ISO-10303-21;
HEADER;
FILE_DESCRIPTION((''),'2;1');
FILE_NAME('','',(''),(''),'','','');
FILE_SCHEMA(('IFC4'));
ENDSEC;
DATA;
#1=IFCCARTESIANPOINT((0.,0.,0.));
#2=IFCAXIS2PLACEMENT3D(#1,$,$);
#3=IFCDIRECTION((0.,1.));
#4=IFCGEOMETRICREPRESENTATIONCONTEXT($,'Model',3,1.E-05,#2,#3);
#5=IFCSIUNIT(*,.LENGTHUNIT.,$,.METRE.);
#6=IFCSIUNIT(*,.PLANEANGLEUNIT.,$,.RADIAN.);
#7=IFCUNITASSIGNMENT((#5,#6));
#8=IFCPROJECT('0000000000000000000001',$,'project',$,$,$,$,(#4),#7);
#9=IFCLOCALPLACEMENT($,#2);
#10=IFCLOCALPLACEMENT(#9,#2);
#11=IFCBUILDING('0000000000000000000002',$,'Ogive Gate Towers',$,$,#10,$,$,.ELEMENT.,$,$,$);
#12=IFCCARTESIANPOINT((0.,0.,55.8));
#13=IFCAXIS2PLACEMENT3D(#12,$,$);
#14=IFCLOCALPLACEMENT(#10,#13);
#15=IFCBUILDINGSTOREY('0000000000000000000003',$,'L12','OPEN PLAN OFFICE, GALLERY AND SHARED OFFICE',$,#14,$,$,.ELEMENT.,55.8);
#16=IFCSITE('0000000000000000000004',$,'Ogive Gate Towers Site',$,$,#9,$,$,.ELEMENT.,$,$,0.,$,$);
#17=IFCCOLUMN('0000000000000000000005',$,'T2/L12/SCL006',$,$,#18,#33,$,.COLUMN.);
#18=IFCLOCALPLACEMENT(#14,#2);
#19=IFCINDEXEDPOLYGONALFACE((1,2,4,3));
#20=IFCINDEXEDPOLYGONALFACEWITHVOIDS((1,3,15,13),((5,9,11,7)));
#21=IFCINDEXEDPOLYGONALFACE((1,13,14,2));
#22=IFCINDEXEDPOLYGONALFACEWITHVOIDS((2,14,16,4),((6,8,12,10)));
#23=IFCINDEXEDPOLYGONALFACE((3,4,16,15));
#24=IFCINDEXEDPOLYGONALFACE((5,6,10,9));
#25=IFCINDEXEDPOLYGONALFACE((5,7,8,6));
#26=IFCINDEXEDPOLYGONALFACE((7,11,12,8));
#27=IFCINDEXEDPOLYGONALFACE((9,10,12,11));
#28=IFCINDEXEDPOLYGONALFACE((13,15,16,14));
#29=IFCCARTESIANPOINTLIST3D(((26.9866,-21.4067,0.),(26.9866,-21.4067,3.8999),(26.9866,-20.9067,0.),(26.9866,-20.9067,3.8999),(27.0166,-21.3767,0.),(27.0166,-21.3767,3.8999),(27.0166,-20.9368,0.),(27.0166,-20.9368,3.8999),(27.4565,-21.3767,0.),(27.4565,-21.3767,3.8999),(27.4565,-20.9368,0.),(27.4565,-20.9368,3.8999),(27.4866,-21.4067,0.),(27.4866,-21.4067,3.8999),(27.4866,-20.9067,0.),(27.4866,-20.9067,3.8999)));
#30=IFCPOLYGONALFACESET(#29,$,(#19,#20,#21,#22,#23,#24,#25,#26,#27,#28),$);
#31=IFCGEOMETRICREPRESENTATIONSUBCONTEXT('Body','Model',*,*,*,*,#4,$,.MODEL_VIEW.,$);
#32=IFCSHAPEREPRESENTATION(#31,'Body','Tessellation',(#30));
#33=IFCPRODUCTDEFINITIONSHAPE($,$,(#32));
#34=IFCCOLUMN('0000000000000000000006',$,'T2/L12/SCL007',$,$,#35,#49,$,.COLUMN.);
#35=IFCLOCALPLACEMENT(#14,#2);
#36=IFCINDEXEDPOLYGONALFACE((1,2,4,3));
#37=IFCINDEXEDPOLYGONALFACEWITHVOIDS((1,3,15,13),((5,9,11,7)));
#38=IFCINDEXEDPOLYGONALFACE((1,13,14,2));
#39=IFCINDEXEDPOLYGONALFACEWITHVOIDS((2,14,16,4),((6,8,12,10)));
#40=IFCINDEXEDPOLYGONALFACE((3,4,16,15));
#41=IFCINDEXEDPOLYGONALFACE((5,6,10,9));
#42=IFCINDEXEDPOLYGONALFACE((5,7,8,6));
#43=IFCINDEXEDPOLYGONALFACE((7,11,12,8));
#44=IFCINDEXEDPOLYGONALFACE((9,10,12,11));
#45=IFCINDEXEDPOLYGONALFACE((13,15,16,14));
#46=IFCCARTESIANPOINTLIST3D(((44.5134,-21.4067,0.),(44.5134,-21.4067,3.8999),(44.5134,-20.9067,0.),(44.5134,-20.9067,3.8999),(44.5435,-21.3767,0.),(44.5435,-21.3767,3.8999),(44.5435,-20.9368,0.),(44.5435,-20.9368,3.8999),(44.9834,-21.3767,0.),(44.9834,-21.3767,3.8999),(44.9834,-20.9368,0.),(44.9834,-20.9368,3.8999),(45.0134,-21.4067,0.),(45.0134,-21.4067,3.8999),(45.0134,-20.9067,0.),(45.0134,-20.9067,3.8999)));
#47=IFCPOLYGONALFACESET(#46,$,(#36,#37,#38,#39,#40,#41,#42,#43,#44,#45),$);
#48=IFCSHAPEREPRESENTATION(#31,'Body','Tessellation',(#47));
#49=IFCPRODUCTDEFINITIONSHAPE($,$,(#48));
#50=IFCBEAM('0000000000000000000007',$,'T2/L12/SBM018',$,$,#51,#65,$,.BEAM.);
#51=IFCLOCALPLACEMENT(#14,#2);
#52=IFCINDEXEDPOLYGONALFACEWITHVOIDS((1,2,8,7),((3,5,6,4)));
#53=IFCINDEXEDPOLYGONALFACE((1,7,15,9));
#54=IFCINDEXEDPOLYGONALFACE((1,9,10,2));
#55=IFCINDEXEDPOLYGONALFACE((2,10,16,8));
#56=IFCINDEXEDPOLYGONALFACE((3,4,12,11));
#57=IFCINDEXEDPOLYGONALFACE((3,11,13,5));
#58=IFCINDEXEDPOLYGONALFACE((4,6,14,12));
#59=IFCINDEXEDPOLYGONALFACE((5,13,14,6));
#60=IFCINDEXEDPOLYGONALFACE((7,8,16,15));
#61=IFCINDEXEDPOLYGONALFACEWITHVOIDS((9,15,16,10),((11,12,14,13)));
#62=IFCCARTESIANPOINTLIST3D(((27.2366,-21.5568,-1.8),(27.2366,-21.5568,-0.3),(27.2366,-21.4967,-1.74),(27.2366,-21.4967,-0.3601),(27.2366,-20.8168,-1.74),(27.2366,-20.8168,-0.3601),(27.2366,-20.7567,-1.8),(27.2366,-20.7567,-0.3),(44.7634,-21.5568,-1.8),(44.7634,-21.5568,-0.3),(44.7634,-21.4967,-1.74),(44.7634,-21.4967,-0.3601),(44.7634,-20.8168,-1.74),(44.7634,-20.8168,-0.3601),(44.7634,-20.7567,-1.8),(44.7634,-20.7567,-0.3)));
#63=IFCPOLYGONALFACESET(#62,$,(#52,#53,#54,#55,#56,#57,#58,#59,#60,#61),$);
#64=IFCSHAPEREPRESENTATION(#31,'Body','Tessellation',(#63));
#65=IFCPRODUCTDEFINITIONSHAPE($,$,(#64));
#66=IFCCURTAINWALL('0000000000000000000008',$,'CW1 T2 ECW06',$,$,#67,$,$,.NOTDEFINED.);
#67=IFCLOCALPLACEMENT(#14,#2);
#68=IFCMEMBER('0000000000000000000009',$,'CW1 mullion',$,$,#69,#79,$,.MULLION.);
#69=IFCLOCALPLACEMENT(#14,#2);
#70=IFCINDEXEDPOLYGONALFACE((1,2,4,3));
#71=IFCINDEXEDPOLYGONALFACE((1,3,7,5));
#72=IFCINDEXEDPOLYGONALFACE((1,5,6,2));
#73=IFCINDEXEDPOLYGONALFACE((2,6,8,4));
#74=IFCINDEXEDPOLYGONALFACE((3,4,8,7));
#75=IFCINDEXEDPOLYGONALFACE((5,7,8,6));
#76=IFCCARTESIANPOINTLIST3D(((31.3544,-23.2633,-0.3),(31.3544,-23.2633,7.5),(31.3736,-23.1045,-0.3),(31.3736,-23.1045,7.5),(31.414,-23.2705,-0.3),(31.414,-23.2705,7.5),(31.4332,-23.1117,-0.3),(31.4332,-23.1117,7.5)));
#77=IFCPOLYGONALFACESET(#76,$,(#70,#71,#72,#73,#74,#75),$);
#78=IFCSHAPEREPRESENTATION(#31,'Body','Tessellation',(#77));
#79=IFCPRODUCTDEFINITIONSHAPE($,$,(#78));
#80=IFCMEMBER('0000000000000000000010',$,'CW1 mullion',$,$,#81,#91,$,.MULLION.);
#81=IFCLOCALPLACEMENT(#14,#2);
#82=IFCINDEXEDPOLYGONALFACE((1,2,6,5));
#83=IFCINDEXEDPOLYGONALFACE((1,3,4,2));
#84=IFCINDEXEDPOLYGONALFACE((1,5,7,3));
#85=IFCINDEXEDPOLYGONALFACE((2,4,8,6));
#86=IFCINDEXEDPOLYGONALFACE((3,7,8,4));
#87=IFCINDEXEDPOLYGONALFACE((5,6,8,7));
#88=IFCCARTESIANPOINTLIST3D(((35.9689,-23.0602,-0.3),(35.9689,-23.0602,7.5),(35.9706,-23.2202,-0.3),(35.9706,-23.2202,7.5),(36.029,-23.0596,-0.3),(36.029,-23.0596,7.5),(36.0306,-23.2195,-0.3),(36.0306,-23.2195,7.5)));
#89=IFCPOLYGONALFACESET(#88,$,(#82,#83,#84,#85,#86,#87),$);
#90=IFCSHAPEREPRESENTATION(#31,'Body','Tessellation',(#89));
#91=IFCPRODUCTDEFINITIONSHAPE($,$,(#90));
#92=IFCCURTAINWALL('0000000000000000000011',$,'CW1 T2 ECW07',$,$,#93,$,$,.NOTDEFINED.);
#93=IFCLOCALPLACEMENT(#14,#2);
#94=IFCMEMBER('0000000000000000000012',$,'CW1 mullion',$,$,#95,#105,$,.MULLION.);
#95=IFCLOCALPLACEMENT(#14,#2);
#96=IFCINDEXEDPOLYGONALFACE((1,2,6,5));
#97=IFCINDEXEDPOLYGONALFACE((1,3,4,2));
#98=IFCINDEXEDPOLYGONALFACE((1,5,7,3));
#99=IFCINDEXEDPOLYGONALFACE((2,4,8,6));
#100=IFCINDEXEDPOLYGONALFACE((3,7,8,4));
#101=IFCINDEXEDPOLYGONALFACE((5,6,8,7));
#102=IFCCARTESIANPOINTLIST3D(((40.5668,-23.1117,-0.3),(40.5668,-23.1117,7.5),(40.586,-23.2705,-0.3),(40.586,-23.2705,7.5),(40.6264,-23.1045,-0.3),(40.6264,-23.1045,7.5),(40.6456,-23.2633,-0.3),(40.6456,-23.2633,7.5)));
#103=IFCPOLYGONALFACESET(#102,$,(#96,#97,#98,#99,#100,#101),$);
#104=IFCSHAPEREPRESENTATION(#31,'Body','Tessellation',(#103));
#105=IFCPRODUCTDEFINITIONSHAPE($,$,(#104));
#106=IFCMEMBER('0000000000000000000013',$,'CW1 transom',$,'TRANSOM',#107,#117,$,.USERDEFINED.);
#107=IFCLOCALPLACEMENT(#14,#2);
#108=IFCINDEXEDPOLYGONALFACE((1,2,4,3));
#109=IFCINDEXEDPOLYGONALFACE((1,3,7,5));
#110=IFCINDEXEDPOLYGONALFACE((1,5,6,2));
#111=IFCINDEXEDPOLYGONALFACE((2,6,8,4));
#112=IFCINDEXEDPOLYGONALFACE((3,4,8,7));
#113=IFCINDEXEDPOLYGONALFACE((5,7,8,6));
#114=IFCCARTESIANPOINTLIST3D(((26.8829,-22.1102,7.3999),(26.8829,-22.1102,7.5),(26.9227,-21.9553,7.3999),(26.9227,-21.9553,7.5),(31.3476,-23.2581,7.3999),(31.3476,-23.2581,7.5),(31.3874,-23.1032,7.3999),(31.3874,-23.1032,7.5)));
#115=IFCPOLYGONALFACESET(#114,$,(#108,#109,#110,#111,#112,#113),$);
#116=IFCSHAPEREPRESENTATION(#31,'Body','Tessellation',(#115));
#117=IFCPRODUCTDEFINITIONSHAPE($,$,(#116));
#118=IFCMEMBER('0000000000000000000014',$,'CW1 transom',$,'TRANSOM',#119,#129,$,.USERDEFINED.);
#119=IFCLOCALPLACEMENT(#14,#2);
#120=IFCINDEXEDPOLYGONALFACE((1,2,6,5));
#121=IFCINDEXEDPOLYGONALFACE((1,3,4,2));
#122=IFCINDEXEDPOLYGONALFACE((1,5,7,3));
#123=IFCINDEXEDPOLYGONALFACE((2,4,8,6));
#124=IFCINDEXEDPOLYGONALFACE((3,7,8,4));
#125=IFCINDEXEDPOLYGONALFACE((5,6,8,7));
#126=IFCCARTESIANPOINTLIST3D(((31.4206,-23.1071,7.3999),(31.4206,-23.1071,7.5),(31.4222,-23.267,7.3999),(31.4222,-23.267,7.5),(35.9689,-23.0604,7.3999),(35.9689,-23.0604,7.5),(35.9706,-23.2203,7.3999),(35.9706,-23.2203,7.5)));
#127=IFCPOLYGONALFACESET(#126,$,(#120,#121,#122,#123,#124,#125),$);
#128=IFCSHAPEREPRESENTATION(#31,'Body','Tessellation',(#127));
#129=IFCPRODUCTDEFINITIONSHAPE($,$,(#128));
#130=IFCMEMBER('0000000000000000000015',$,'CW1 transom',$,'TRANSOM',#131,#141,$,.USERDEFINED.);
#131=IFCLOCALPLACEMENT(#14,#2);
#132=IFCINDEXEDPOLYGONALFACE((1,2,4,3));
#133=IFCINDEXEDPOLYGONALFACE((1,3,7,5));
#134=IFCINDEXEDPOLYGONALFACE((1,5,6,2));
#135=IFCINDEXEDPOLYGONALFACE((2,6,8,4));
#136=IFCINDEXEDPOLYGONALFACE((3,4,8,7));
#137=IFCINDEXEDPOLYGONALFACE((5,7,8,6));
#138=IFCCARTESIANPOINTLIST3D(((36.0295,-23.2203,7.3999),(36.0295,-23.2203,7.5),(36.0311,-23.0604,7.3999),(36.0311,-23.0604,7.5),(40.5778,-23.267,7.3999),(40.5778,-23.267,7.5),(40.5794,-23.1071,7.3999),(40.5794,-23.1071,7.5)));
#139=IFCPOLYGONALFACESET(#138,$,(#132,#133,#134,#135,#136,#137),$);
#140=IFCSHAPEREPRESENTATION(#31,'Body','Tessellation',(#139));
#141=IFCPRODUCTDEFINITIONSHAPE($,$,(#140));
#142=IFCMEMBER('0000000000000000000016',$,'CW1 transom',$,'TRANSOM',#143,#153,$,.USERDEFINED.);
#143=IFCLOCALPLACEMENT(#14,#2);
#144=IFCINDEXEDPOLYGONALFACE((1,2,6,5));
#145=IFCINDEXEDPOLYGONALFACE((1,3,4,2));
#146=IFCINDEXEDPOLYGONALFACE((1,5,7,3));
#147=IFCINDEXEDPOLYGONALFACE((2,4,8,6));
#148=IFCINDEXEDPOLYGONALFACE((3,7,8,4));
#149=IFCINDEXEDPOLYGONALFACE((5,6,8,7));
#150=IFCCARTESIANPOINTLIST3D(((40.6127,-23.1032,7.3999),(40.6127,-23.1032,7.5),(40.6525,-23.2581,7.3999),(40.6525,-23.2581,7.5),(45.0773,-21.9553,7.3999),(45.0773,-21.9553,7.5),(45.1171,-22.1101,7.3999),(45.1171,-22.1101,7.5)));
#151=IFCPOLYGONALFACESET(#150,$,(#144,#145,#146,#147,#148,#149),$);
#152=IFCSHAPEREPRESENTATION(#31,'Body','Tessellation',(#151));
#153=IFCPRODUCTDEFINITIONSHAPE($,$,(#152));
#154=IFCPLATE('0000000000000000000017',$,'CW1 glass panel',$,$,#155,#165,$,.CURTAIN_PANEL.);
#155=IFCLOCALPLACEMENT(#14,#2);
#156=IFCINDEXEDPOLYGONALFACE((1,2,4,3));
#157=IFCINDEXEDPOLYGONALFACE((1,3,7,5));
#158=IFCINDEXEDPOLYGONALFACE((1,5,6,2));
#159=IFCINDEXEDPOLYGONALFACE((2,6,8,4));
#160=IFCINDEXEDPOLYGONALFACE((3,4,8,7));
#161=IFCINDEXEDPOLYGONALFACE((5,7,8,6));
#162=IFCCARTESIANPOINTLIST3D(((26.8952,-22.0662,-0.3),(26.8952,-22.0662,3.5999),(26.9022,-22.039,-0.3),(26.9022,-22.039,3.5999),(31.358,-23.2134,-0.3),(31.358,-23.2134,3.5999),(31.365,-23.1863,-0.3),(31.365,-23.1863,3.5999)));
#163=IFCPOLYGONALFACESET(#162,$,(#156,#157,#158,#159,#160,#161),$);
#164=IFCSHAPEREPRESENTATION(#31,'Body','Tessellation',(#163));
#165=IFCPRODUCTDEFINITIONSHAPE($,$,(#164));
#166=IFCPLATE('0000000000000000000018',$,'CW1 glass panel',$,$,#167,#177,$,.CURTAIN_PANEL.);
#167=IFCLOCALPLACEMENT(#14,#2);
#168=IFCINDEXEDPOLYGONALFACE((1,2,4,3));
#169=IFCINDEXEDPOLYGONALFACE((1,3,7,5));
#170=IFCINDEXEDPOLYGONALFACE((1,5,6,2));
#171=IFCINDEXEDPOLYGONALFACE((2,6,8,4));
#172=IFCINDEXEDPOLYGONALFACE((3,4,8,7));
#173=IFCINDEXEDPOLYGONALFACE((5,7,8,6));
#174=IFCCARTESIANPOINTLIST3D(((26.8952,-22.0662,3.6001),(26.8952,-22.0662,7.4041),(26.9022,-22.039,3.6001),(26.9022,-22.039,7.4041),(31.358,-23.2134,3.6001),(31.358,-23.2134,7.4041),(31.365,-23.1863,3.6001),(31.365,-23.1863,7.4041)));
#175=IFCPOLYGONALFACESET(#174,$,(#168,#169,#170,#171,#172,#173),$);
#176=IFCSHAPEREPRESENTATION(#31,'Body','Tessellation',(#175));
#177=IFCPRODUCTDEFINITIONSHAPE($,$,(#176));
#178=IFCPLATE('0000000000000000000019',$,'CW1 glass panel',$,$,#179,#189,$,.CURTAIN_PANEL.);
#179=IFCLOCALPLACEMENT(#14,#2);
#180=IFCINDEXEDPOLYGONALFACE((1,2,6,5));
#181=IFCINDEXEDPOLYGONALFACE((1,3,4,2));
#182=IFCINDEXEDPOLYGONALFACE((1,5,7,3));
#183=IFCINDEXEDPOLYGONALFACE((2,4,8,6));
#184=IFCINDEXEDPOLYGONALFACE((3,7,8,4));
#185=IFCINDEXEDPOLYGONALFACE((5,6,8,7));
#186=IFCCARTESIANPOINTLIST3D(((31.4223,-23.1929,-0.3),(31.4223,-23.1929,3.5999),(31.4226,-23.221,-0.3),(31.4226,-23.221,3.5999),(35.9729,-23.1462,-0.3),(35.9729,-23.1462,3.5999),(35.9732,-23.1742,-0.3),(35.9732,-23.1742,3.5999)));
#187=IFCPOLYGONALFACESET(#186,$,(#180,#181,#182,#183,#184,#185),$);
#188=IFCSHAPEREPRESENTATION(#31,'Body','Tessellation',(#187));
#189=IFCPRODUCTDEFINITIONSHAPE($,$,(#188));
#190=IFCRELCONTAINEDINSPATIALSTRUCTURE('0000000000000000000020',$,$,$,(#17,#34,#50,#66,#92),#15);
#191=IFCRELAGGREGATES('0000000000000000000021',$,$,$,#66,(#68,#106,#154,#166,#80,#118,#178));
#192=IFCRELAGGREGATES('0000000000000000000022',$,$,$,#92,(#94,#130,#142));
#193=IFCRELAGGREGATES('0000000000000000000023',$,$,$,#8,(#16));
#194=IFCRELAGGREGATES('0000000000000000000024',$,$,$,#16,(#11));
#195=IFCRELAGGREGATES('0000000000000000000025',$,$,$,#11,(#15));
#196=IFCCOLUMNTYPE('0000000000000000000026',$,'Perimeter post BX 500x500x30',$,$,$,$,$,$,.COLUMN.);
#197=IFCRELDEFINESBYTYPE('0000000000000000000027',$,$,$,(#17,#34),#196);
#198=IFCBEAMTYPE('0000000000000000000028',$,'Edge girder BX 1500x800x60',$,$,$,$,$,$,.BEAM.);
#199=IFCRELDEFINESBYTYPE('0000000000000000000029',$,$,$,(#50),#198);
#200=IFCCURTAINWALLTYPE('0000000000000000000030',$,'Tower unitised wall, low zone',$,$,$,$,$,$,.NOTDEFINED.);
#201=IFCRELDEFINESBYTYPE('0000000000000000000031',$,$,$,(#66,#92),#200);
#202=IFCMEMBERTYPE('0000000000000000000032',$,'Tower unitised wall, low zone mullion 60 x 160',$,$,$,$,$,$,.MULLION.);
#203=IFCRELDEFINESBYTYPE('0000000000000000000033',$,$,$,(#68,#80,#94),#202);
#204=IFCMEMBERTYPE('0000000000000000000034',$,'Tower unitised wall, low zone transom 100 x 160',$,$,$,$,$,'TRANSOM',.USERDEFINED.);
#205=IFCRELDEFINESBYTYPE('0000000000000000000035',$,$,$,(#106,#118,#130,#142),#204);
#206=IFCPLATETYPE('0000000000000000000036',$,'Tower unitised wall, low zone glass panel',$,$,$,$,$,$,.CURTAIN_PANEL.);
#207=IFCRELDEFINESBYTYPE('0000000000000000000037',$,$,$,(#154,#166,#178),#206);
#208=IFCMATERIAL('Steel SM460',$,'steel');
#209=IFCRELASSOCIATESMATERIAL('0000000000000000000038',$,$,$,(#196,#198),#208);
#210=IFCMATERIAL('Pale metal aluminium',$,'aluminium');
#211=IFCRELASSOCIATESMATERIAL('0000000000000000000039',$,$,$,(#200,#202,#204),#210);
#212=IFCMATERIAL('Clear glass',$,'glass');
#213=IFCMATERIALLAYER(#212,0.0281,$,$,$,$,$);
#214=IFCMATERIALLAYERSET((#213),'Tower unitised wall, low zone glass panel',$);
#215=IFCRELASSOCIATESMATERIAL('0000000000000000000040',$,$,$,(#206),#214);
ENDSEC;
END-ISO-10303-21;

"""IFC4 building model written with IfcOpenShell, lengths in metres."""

from ifc_helpers import new_model, si_unit, direction, frame, origin, origin_2d, place, context, subcontext, project, spatial, rectangle, hollow_rectangle, extrude, material, layer, layer_set, material_profile, profile_set, type_object, element, aggregate, save


model = new_model("IFC4")

# Units and contexts
model_context = context("Model", 3, precision=1e-05, world=origin(), true_north=direction((0.0, 1.0)))
body_context = subcontext(model_context, "Body", "Model", "MODEL_VIEW")
ifc_project = project(units=[si_unit("LENGTHUNIT", "METRE"), si_unit("PLANEANGLEUNIT", "RADIAN")], contexts=[model_context])

# Site, building, storey
site_placement = place(None, origin())
site = spatial("IfcSite", under=ifc_project, at=site_placement, Name="Ogive Gate Towers Site", CompositionType="ELEMENT", RefElevation=0.0)
building_placement = place(site_placement, origin())
building = spatial("IfcBuilding", under=site, at=building_placement, Name="Ogive Gate Towers", CompositionType="ELEMENT")
storey_placement = place(building_placement, frame((0.0, 0.0, 55.8)))
storey = spatial("IfcBuildingStorey", under=building, at=storey_placement, Name="L12", Description="OPEN PLAN OFFICE, GALLERY AND SHARED OFFICE", CompositionType="ELEMENT", Elevation=55.8)

# Columns
ifc_material_1 = material(Name="Steel SM460", Category="steel")
ifc_material_profile_1 = material_profile(ifc_material_1, hollow_rectangle(XDim=0.5, YDim=0.5, WallThickness=0.03, at=origin_2d()), Name="BX 500x500x30")
ifc_profile_set_1 = profile_set([ifc_material_profile_1], Name="Steel SM460")
column_type = type_object("IfcColumnType", Name="Perimeter post BX 500x500x30", PredefinedType="COLUMN", material=ifc_profile_set_1)
for number, where, z_axis, x_axis, name in (
    (1, (27.2366, -21.1567, 0.0), (0.0, 0.0, 1.0), (1.0, 0.0, 0.0), "T2/L12/SCL006"),
    (2, (44.7634, -21.1567, 0.0), (0.0, 0.0, 1.0), (1.0, 0.0, 0.0), "T2/L12/SCL007"),
):
    element("IfcColumn", number, at=place(storey_placement, frame(where, z_axis=z_axis, x_axis=x_axis)), inside=storey, type_object=column_type, Name=name, PredefinedType="COLUMN", context=body_context, shape_type="SweptSolid", body=[
        extrude(hollow_rectangle(XDim=0.5, YDim=0.5, WallThickness=0.03, at=origin_2d()), origin(), (0.0, 0.0, 1.0), 3.8999),
    ])

# Beam
ifc_material_profile_2 = material_profile(ifc_material_1, hollow_rectangle(XDim=0.8, YDim=1.5, WallThickness=0.0601, at=origin_2d()), Name="BX 1500x800x60")
ifc_profile_set_2 = profile_set([ifc_material_profile_2], Name="Steel SM460")
beam_type = type_object("IfcBeamType", Name="Edge girder BX 1500x800x60", PredefinedType="BEAM", material=ifc_profile_set_2)
beam_placement = place(storey_placement, frame((27.2366, -21.1567, -1.05), z_axis=(1.0, 0.0, 0.0), x_axis=(0.0, 1.0, 0.0)))
element("IfcBeam", 3, at=beam_placement, inside=storey, type_object=beam_type, Name="T2/L12/SBM018", PredefinedType="BEAM", context=body_context, shape_type="SweptSolid", body=[
    extrude(hollow_rectangle(XDim=0.8, YDim=1.5, WallThickness=0.0601, at=origin_2d()), origin(), (0.0, 0.0, 1.0), 17.5269),
])

# Curtain wall, members
ifc_material_2 = material(Name="Pale metal aluminium", Category="aluminium")
curtain_wall_type = type_object("IfcCurtainWallType", Name="Tower unitised wall, low zone", PredefinedType="NOTDEFINED", material=ifc_material_2)
curtain_wall_1_placement = place(storey_placement, origin())
curtain_wall_1 = element("IfcCurtainWall", 4, at=curtain_wall_1_placement, inside=storey, type_object=curtain_wall_type, Name="CW1 T2 ECW06", PredefinedType="NOTDEFINED")
ifc_material_profile_3 = material_profile(ifc_material_2, rectangle(XDim=0.1599, YDim=0.0601, at=origin_2d()), Name="60 x 160 aluminium box")
ifc_profile_set_3 = profile_set([ifc_material_profile_3], Name="Pale metal aluminium")
member_type_1 = type_object("IfcMemberType", Name="Tower unitised wall, low zone mullion 60 x 160", PredefinedType="MULLION", material=ifc_profile_set_3)
member_1_placement = place(storey_placement, frame((31.3938, -23.1875, -0.3), z_axis=(0.0, 0.0, 1.0), x_axis=(-0.120379, -0.992728, 0.0)))
member_1 = element("IfcMember", 5, at=member_1_placement, type_object=member_type_1, Name="CW1 mullion", PredefinedType="MULLION", context=body_context, shape_type="SweptSolid", body=[
    extrude(rectangle(XDim=0.1599, YDim=0.0601, at=origin_2d()), origin(), (0.0, 0.0, 1.0), 7.8),
])
member_2_placement = place(storey_placement, frame((35.9998, -23.1399, -0.3), z_axis=(0.0, 0.0, 1.0), x_axis=(0.01028, -0.999947, 0.0)))
member_2 = element("IfcMember", 6, at=member_2_placement, type_object=member_type_1, Name="CW1 mullion", PredefinedType="MULLION", context=body_context, shape_type="SweptSolid", body=[
    extrude(rectangle(XDim=0.1599, YDim=0.0601, at=origin_2d()), origin(), (0.0, 0.0, 1.0), 7.8),
])

# Curtain wall, member
curtain_wall_2_placement = place(storey_placement, origin())
curtain_wall_2 = element("IfcCurtainWall", 7, at=curtain_wall_2_placement, inside=storey, type_object=curtain_wall_type, Name="CW1 T2 ECW07", PredefinedType="NOTDEFINED")
member_3_placement = place(storey_placement, frame((40.6062, -23.1875, -0.3), z_axis=(0.0, 0.0, 1.0), x_axis=(0.120379, -0.992728, 0.0)))
member_3 = element("IfcMember", 8, at=member_3_placement, type_object=member_type_1, Name="CW1 mullion", PredefinedType="MULLION", context=body_context, shape_type="SweptSolid", body=[
    extrude(rectangle(XDim=0.1599, YDim=0.0601, at=origin_2d()), origin(), (0.0, 0.0, 1.0), 7.8),
])

# Members
ifc_material_profile_4 = material_profile(ifc_material_2, rectangle(XDim=0.1599, YDim=0.1001, at=origin_2d()), Name="100 x 160 aluminium box")
ifc_profile_set_4 = profile_set([ifc_material_profile_4], Name="Pale metal aluminium")
member_type_2 = type_object("IfcMemberType", Name="Tower unitised wall, low zone transom 100 x 160", ElementType="TRANSOM", PredefinedType="USERDEFINED", material=ifc_profile_set_4)
member_4_placement = place(storey_placement, frame((26.9028, -22.0327, 7.45), z_axis=(0.968498, -0.249023, 0.0), x_axis=(0.249023, 0.968498, 0.0)))
member_4 = element("IfcMember", 9, at=member_4_placement, type_object=member_type_2, Name="CW1 transom", ObjectType="TRANSOM", PredefinedType="USERDEFINED", context=body_context, shape_type="SweptSolid", body=[
    extrude(rectangle(XDim=0.1599, YDim=0.1001, at=origin_2d()), origin(), (0.0, 0.0, 1.0), 4.6099),
])
member_5_placement = place(storey_placement, frame((31.4214, -23.187, 7.45), z_axis=(0.999947, 0.010252, 0.0), x_axis=(-0.010252, 0.999947, 0.0)))
member_5 = element("IfcMember", 10, at=member_5_placement, type_object=member_type_2, Name="CW1 transom", ObjectType="TRANSOM", PredefinedType="USERDEFINED", context=body_context, shape_type="SweptSolid", body=[
    extrude(rectangle(XDim=0.1599, YDim=0.1001, at=origin_2d()), origin(), (0.0, 0.0, 1.0), 4.5486),
])
member_6_placement = place(storey_placement, frame((36.0303, -23.1404, 7.45), z_axis=(0.999947, -0.010252, 0.0), x_axis=(0.010252, 0.999947, 0.0)))
member_6 = element("IfcMember", 11, at=member_6_placement, type_object=member_type_2, Name="CW1 transom", ObjectType="TRANSOM", PredefinedType="USERDEFINED", context=body_context, shape_type="SweptSolid", body=[
    extrude(rectangle(XDim=0.1599, YDim=0.1001, at=origin_2d()), origin(), (0.0, 0.0, 1.0), 4.5486),
])
member_7_placement = place(storey_placement, frame((40.6326, -23.1807, 7.45), z_axis=(0.968498, 0.249023, 0.0), x_axis=(-0.249023, 0.968498, 0.0)))
member_7 = element("IfcMember", 12, at=member_7_placement, type_object=member_type_2, Name="CW1 transom", ObjectType="TRANSOM", PredefinedType="USERDEFINED", context=body_context, shape_type="SweptSolid", body=[
    extrude(rectangle(XDim=0.1599, YDim=0.1001, at=origin_2d()), origin(), (0.0, 0.0, 1.0), 4.6099),
])

# Plates
ifc_material_3 = material(Name="Clear glass", Category="glass")
ifc_layer_1 = layer(ifc_material_3, 0.0281)
ifc_layer_set_1 = layer_set([ifc_layer_1], Name="Tower unitised wall, low zone glass panel")
plate_type = type_object("IfcPlateType", Name="Tower unitised wall, low zone glass panel", PredefinedType="CURTAIN_PANEL", material=ifc_layer_set_1)
plate_1_placement = place(storey_placement, frame((29.1301, -22.6262, -0.3), z_axis=(0.0, 0.0, 1.0), x_axis=(0.968509, -0.248977, 0.0)))
plate_1 = element("IfcPlate", 13, at=plate_1_placement, type_object=plate_type, Name="CW1 glass panel", PredefinedType="CURTAIN_PANEL", context=body_context, shape_type="SweptSolid", body=[
    extrude(rectangle(XDim=4.6079, YDim=0.0281, at=origin_2d()), origin(), (0.0, 0.0, 1.0), 3.8999),
])
plate_2_placement = place(storey_placement, frame((29.1301, -22.6262, 3.6001), z_axis=(0.0, 0.0, 1.0), x_axis=(0.968509, -0.248977, 0.0)))
plate_2 = element("IfcPlate", 14, at=plate_2_placement, type_object=plate_type, Name="CW1 glass panel", PredefinedType="CURTAIN_PANEL", context=body_context, shape_type="SweptSolid", body=[
    extrude(rectangle(XDim=4.6079, YDim=0.0281, at=origin_2d()), origin(), (0.0, 0.0, 1.0), 3.804),
])
plate_3_placement = place(storey_placement, frame((33.6978, -23.1836, -0.3), z_axis=(0.0, 0.0, 1.0), x_axis=(0.999947, 0.01028, 0.0)))
plate_3 = element("IfcPlate", 15, at=plate_3_placement, type_object=plate_type, Name="CW1 glass panel", PredefinedType="CURTAIN_PANEL", context=body_context, shape_type="SweptSolid", body=[
    extrude(rectangle(XDim=4.5508, YDim=0.0281, at=origin_2d()), origin(), (0.0, 0.0, 1.0), 3.8999),
])
aggregate(curtain_wall_1, [member_1, member_4, plate_1, plate_2, member_2, member_5, plate_3])
aggregate(curtain_wall_2, [member_3, member_6, member_7])

save(model, "model.ifc")
